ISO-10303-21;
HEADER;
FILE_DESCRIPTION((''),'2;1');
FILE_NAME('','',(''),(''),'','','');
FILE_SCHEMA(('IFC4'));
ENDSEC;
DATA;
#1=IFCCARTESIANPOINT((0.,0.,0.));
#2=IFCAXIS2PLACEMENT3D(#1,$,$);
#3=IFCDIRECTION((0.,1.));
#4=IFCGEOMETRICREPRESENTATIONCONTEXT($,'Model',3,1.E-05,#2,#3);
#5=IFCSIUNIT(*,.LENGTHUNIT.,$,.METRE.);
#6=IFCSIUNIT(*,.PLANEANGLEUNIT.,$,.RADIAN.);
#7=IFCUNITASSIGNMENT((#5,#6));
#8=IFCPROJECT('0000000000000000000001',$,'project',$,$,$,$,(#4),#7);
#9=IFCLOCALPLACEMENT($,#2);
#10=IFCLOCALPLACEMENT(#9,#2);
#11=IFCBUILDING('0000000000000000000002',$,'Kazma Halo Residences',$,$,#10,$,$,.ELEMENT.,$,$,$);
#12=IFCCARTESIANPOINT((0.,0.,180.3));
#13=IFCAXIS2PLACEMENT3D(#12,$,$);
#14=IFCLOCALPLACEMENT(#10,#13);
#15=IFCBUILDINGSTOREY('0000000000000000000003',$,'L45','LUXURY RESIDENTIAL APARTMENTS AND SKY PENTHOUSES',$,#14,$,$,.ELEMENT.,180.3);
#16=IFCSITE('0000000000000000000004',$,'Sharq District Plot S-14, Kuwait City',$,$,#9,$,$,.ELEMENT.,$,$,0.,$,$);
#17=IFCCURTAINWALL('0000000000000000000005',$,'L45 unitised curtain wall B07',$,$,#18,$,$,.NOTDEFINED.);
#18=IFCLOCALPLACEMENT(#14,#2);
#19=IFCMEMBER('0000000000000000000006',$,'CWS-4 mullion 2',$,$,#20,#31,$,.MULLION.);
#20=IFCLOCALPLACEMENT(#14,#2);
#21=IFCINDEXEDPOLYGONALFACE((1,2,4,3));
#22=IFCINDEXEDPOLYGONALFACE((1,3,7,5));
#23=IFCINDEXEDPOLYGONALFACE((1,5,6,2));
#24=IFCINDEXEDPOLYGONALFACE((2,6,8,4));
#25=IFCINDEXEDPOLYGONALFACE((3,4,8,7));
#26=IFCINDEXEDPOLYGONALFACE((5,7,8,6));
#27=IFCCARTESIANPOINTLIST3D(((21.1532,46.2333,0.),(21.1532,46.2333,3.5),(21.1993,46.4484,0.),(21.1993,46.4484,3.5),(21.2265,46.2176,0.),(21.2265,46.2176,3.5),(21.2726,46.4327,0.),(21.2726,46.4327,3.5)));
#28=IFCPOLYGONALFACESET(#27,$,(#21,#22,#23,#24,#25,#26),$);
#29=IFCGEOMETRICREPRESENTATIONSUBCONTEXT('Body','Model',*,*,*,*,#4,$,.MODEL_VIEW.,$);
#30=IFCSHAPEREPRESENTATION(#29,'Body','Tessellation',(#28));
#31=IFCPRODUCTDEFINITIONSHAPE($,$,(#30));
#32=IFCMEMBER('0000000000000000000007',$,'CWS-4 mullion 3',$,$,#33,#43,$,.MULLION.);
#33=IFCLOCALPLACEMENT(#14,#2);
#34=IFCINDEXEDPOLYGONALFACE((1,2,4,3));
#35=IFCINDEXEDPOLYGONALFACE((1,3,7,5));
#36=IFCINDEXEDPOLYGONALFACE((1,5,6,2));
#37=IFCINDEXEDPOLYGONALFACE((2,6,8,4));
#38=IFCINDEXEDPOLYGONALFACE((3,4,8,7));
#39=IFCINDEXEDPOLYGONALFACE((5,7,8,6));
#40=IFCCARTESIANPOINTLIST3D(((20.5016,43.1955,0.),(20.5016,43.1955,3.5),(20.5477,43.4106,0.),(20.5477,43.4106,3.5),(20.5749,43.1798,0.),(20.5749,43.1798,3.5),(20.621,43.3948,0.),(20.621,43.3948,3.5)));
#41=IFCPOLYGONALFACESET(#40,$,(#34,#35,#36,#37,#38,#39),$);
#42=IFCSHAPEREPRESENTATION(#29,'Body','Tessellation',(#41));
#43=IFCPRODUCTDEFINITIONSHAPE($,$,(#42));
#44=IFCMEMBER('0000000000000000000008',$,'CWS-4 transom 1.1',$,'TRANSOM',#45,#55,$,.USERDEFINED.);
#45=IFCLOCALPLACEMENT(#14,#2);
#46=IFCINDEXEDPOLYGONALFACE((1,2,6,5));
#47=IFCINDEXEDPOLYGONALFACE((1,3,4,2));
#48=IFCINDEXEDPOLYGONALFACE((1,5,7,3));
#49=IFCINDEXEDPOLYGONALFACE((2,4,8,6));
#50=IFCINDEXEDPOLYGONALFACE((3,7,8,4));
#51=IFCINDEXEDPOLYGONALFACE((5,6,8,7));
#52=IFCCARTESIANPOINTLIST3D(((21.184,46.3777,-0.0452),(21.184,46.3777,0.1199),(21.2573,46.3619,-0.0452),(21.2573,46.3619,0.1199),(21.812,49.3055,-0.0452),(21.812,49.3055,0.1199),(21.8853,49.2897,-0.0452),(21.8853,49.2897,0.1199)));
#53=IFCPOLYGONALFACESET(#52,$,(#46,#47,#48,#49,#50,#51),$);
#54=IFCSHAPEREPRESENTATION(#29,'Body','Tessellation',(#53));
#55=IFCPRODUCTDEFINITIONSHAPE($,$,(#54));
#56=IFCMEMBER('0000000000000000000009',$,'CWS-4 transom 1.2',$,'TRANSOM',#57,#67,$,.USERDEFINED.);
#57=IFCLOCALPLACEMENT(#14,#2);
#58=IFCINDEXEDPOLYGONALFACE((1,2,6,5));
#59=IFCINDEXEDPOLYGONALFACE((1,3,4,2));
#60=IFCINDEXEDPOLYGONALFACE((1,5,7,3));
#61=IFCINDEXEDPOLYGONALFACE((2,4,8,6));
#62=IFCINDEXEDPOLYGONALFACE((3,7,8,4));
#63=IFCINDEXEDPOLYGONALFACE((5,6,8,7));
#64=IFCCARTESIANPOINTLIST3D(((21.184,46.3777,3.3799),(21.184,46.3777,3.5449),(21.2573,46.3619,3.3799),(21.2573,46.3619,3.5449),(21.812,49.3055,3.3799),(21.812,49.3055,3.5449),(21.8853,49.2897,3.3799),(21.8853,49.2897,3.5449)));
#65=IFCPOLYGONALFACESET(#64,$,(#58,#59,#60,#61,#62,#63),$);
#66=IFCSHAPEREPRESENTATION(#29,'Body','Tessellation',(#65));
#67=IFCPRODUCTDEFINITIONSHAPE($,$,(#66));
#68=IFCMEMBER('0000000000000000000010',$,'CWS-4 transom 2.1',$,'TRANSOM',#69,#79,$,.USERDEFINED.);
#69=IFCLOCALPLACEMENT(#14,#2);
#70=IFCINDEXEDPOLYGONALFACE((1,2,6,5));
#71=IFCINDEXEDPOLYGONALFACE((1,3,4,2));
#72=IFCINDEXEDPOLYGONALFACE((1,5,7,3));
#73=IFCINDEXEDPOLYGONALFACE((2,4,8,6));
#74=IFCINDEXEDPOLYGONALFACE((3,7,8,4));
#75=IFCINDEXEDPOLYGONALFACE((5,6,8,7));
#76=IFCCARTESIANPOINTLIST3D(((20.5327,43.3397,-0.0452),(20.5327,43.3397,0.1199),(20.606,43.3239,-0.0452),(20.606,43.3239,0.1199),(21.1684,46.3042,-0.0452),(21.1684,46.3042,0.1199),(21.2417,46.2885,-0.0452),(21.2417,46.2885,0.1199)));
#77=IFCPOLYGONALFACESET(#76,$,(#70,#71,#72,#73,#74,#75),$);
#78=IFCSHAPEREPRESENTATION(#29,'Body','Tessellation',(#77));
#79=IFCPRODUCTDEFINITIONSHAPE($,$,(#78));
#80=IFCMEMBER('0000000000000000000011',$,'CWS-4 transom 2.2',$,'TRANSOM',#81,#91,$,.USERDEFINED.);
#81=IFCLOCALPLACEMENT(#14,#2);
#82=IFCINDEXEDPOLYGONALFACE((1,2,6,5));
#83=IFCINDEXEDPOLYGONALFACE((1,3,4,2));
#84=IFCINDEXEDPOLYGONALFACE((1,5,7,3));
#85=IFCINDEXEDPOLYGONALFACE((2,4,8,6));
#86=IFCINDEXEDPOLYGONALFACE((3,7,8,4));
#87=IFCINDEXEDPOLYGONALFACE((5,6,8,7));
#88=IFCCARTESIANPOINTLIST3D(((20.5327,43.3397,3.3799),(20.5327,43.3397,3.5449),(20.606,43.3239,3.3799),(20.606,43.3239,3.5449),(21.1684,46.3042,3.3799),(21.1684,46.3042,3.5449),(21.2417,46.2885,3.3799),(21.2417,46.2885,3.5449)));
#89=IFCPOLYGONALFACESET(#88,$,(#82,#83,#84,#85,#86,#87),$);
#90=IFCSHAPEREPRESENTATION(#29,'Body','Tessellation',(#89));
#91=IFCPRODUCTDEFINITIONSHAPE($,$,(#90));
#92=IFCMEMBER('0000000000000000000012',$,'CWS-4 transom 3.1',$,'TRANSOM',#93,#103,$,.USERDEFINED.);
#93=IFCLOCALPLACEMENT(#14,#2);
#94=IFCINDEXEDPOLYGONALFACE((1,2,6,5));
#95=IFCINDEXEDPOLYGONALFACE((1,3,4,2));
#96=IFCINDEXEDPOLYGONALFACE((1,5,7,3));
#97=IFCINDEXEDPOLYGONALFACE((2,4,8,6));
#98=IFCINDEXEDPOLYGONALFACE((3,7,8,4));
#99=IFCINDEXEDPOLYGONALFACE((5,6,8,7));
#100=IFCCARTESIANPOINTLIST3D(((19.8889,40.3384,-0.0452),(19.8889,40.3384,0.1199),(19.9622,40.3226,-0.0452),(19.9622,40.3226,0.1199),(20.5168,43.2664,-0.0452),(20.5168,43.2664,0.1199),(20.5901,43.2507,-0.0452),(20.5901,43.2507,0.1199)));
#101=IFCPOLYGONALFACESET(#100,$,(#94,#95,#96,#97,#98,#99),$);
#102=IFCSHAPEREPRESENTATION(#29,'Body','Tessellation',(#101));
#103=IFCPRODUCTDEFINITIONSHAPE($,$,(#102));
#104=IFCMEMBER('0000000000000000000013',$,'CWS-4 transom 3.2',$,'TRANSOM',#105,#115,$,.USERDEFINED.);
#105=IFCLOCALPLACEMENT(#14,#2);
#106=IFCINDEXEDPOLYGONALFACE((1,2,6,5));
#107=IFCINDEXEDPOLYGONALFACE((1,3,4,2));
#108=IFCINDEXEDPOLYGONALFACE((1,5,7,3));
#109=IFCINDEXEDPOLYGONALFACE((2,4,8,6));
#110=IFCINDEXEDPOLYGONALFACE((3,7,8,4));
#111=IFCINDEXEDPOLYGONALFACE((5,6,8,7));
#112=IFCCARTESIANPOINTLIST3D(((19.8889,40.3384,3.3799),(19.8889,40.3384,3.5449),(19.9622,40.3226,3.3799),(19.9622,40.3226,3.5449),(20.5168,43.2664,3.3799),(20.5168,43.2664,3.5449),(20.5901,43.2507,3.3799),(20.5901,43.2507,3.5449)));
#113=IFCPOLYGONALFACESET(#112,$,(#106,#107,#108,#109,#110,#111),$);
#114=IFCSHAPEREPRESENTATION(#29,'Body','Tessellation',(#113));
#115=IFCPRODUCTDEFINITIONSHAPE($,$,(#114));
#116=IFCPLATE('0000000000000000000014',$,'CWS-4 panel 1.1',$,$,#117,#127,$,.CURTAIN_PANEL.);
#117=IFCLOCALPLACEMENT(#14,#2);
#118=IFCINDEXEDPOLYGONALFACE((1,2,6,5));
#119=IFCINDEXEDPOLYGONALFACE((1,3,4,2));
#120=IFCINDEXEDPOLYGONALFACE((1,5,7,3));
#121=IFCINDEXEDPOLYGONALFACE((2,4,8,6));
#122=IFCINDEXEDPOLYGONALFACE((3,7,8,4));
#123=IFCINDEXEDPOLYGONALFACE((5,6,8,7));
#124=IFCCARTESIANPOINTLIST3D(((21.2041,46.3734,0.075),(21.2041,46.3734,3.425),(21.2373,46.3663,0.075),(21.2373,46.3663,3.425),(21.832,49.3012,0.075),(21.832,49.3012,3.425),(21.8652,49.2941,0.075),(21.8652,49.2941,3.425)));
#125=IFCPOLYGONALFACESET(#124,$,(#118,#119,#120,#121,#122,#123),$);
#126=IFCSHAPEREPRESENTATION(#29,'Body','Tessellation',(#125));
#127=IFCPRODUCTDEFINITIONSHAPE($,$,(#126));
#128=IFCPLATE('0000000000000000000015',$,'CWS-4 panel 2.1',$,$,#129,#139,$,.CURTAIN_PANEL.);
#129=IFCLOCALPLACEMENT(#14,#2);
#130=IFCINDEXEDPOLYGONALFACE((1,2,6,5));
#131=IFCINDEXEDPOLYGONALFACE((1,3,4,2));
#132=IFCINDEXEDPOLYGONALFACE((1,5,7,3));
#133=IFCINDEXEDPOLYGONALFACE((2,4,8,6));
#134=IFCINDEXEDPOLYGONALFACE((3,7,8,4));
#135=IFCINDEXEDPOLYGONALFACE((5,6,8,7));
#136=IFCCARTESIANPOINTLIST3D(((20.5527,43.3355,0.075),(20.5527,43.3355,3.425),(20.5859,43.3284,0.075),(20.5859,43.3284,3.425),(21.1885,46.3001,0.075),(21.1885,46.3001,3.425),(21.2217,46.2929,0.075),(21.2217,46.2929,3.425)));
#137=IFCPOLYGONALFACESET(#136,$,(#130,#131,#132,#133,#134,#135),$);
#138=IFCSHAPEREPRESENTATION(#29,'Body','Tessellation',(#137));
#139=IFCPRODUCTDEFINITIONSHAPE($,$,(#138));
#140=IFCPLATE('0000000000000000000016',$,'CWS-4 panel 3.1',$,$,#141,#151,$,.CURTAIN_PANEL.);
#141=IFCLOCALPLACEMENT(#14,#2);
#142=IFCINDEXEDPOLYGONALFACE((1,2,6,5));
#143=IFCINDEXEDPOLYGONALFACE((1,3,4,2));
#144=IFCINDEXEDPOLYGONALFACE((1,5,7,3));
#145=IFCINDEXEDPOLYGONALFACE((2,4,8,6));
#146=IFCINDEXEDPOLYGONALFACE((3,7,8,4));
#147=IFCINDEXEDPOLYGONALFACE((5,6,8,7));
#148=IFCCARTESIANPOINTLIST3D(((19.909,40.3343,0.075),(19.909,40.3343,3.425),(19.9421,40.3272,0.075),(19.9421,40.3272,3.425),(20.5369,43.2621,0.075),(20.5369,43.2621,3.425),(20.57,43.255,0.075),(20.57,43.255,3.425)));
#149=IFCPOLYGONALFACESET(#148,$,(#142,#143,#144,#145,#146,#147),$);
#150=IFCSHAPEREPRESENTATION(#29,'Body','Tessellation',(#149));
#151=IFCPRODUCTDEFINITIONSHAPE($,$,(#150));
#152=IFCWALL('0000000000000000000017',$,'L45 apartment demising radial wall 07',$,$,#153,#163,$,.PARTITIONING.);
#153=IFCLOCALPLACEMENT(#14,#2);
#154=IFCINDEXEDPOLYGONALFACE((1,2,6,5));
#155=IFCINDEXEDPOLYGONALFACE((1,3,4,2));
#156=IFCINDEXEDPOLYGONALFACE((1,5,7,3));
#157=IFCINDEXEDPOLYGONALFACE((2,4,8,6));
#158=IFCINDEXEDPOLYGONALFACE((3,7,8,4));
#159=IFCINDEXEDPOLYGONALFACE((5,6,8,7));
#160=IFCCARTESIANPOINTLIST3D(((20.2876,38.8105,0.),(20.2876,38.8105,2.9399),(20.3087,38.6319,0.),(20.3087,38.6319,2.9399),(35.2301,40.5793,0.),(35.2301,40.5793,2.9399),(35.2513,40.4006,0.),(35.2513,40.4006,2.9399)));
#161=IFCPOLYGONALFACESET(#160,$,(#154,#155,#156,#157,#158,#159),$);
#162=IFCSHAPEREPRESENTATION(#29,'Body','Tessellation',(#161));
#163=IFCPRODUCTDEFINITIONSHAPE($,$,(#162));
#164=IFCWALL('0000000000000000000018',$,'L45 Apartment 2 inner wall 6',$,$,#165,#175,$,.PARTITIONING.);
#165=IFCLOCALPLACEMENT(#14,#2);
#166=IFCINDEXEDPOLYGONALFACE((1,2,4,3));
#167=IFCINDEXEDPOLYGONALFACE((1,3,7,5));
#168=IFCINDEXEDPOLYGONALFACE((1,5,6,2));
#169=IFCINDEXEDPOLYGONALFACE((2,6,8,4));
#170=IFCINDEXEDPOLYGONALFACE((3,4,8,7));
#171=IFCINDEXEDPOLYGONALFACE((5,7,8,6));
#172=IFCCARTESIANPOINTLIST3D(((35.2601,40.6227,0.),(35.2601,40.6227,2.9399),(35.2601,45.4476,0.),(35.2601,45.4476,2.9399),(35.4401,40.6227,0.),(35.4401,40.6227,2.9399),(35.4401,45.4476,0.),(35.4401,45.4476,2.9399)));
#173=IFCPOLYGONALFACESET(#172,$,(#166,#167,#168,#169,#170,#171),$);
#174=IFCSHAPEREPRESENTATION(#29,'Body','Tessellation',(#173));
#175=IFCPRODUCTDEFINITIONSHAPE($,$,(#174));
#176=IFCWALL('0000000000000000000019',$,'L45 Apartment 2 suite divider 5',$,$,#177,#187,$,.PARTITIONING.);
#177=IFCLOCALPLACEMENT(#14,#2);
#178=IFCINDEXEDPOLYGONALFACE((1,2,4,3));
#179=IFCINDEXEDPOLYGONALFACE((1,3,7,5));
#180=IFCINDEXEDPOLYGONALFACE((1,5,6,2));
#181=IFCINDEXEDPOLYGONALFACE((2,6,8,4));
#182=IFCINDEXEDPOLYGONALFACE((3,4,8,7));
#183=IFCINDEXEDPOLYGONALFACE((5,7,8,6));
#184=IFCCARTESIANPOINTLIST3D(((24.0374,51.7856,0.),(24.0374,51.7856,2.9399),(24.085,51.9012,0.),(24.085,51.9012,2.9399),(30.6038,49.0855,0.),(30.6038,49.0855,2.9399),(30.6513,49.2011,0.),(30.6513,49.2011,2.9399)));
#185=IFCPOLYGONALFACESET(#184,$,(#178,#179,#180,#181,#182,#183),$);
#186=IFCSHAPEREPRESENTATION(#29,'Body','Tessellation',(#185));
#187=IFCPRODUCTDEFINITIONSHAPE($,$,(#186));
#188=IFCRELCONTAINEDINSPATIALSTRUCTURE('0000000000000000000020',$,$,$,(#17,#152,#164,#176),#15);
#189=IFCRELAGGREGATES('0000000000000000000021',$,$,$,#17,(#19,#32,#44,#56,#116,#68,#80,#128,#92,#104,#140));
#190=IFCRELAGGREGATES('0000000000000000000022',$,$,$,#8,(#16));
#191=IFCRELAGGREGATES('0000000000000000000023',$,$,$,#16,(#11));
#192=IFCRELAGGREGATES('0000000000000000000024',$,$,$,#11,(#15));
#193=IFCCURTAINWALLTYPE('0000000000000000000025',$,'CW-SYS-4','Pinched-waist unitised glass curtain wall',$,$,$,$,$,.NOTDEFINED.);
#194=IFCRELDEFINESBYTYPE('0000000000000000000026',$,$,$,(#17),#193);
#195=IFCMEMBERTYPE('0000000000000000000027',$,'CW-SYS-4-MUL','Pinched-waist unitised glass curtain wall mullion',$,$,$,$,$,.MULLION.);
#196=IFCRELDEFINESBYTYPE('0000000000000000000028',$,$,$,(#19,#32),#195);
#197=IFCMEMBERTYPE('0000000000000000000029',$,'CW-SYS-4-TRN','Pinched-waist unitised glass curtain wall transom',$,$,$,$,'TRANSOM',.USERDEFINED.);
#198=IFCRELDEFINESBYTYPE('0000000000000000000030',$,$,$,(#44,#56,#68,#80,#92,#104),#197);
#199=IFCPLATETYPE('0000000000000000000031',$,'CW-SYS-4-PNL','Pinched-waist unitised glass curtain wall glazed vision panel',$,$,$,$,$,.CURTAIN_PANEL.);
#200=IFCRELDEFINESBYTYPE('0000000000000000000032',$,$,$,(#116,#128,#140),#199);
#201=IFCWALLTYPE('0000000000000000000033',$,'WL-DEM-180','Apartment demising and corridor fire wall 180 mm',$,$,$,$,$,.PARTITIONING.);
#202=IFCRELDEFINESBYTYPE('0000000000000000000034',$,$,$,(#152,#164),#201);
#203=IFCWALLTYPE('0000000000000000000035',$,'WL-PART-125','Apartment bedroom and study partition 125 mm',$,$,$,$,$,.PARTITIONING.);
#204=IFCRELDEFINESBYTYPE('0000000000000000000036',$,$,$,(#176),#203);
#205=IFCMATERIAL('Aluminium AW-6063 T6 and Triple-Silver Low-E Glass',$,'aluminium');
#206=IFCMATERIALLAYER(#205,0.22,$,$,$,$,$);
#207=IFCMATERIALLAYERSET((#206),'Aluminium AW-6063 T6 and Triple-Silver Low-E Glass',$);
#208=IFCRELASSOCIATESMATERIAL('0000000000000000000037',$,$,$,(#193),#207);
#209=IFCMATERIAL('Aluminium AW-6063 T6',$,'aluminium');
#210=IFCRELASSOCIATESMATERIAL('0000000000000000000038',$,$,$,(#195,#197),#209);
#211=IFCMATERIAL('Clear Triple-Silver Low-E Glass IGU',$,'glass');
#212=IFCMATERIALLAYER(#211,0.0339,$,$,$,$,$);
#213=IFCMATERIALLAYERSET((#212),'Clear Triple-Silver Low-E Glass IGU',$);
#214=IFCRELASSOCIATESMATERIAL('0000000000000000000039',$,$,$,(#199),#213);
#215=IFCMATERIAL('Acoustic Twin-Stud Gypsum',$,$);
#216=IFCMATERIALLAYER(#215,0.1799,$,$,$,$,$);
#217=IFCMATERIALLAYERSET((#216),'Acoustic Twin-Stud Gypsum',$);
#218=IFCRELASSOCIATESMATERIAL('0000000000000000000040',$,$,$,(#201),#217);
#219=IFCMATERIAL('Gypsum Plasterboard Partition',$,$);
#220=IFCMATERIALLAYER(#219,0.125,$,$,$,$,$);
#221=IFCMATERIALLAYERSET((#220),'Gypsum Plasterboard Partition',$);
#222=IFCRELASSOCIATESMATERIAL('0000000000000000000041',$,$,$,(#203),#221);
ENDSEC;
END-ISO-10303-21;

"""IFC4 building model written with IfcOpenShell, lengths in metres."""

from ifc_helpers import new_model, si_unit, direction, frame, frame_2d, origin, origin_2d, place, context, subcontext, project, spatial, rectangle, extrude, material, layer, layer_set, material_profile, profile_set, type_object, element, aggregate, save


model = new_model("IFC4")

# Units and contexts
model_context = context("Model", 3, precision=1e-05, world=origin(), true_north=direction((0.0, 1.0)))
body_context = subcontext(model_context, "Body", "Model", "MODEL_VIEW")
ifc_project = project(units=[si_unit("LENGTHUNIT", "METRE"), si_unit("PLANEANGLEUNIT", "RADIAN")], contexts=[model_context])

# Site, building, storey
site_placement = place(None, origin())
site = spatial("IfcSite", under=ifc_project, at=site_placement, Name="Sharq District Plot S-14, Kuwait City", CompositionType="ELEMENT", RefElevation=0.0)
building_placement = place(site_placement, origin())
building = spatial("IfcBuilding", under=site, at=building_placement, Name="Kazma Halo Residences", CompositionType="ELEMENT")
storey_placement = place(building_placement, frame((0.0, 0.0, 180.3)))
storey = spatial("IfcBuildingStorey", under=building, at=storey_placement, Name="L45", Description="LUXURY RESIDENTIAL APARTMENTS AND SKY PENTHOUSES", CompositionType="ELEMENT", Elevation=180.3)

# Curtain wall, members, plates
ifc_material_1 = material(Name="Aluminium AW-6063 T6 and Triple-Silver Low-E Glass", Category="aluminium")
ifc_layer_1 = layer(ifc_material_1, 0.22)
ifc_layer_set_1 = layer_set([ifc_layer_1], Name="Aluminium AW-6063 T6 and Triple-Silver Low-E Glass")
curtain_wall_type = type_object("IfcCurtainWallType", Name="CW-SYS-4", Description="Pinched-waist unitised glass curtain wall", PredefinedType="NOTDEFINED", material=ifc_layer_set_1)
curtain_wall_placement = place(storey_placement, origin())
curtain_wall = element("IfcCurtainWall", 1, at=curtain_wall_placement, inside=storey, type_object=curtain_wall_type, Name="L45 unitised curtain wall B07", PredefinedType="NOTDEFINED")
ifc_material_2 = material(Name="Aluminium AW-6063 T6", Category="aluminium")
ifc_material_profile_1 = material_profile(ifc_material_2, rectangle(XDim=0.075, YDim=0.22, at=origin_2d()), Name="CWM-75x220")
ifc_profile_set_1 = profile_set([ifc_material_profile_1], Name="Aluminium AW-6063 T6")
member_type_1 = type_object("IfcMemberType", Name="CW-SYS-4-MUL", Description="Pinched-waist unitised glass curtain wall mullion", PredefinedType="MULLION", material=ifc_profile_set_1)
member_1_placement = place(storey_placement, frame((21.2129, 46.333, 0.0), z_axis=(0.0, 0.0, 1.0), x_axis=(0.977768, -0.20969, 0.0)))
member_1 = element("IfcMember", 2, at=member_1_placement, type_object=member_type_1, Name="CWS-4 mullion 2", PredefinedType="MULLION", context=body_context, shape_type="SweptSolid", body=[
    extrude(rectangle(XDim=0.075, YDim=0.22, at=origin_2d()), origin(), (0.0, 0.0, 1.0), 3.5),
])
member_2_placement = place(storey_placement, frame((20.5613, 43.2952, 0.0), z_axis=(0.0, 0.0, 1.0), x_axis=(0.977768, -0.20969, 0.0)))
member_2 = element("IfcMember", 3, at=member_2_placement, type_object=member_type_1, Name="CWS-4 mullion 3", PredefinedType="MULLION", context=body_context, shape_type="SweptSolid", body=[
    extrude(rectangle(XDim=0.075, YDim=0.22, at=origin_2d()), origin(), (0.0, 0.0, 1.0), 3.5),
])
ifc_material_profile_2 = material_profile(ifc_material_2, rectangle(XDim=0.075, YDim=0.165, at=origin_2d()), Name="CWT-75x165")
ifc_profile_set_2 = profile_set([ifc_material_profile_2], Name="Aluminium AW-6063 T6")
member_type_2 = type_object("IfcMemberType", Name="CW-SYS-4-TRN", Description="Pinched-waist unitised glass curtain wall transom", ElementType="TRANSOM", PredefinedType="USERDEFINED", material=ifc_profile_set_2)
member_3_placement = place(storey_placement, frame((21.8486, 49.2976, 0.0374), z_axis=(-0.209707, -0.977764, 0.0), x_axis=(0.977764, -0.209707, 0.0)))
member_3 = element("IfcMember", 4, at=member_3_placement, type_object=member_type_2, Name="CWS-4 transom 1.1", ObjectType="TRANSOM", PredefinedType="USERDEFINED", context=body_context, shape_type="SweptSolid", body=[
    extrude(rectangle(XDim=0.075, YDim=0.165, at=origin_2d()), origin(), (0.0, 0.0, 1.0), 2.9944),
])
member_4_placement = place(storey_placement, frame((21.8486, 49.2976, 3.4624), z_axis=(-0.209707, -0.977764, 0.0), x_axis=(0.977764, -0.209707, 0.0)))
member_4 = element("IfcMember", 5, at=member_4_placement, type_object=member_type_2, Name="CWS-4 transom 1.2", ObjectType="TRANSOM", PredefinedType="USERDEFINED", context=body_context, shape_type="SweptSolid", body=[
    extrude(rectangle(XDim=0.075, YDim=0.165, at=origin_2d()), origin(), (0.0, 0.0, 1.0), 2.9944),
])
member_5_placement = place(storey_placement, frame((21.2051, 46.2964, 0.0374), z_axis=(-0.209678, -0.977771, 0.0), x_axis=(0.977771, -0.209678, 0.0)))
member_5 = element("IfcMember", 6, at=member_5_placement, type_object=member_type_2, Name="CWS-4 transom 2.1", ObjectType="TRANSOM", PredefinedType="USERDEFINED", context=body_context, shape_type="SweptSolid", body=[
    extrude(rectangle(XDim=0.075, YDim=0.165, at=origin_2d()), origin(), (0.0, 0.0, 1.0), 3.032),
])
member_6_placement = place(storey_placement, frame((21.2051, 46.2964, 3.4624), z_axis=(-0.209678, -0.977771, 0.0), x_axis=(0.977771, -0.209678, 0.0)))
member_6 = element("IfcMember", 7, at=member_6_placement, type_object=member_type_2, Name="CWS-4 transom 2.2", ObjectType="TRANSOM", PredefinedType="USERDEFINED", context=body_context, shape_type="SweptSolid", body=[
    extrude(rectangle(XDim=0.075, YDim=0.165, at=origin_2d()), origin(), (0.0, 0.0, 1.0), 3.032),
])
member_7_placement = place(storey_placement, frame((20.5535, 43.2585, 0.0374), z_axis=(-0.209691, -0.977768, 0.0), x_axis=(0.977768, -0.209691, 0.0)))
member_7 = element("IfcMember", 8, at=member_7_placement, type_object=member_type_2, Name="CWS-4 transom 3.1", ObjectType="TRANSOM", PredefinedType="USERDEFINED", context=body_context, shape_type="SweptSolid", body=[
    extrude(rectangle(XDim=0.075, YDim=0.165, at=origin_2d()), origin(), (0.0, 0.0, 1.0), 2.9946),
])
member_8_placement = place(storey_placement, frame((20.5535, 43.2585, 3.4624), z_axis=(-0.209691, -0.977768, 0.0), x_axis=(0.977768, -0.209691, 0.0)))
member_8 = element("IfcMember", 9, at=member_8_placement, type_object=member_type_2, Name="CWS-4 transom 3.2", ObjectType="TRANSOM", PredefinedType="USERDEFINED", context=body_context, shape_type="SweptSolid", body=[
    extrude(rectangle(XDim=0.075, YDim=0.165, at=origin_2d()), origin(), (0.0, 0.0, 1.0), 2.9946),
])
ifc_material_3 = material(Name="Clear Triple-Silver Low-E Glass IGU", Category="glass")
ifc_layer_2 = layer(ifc_material_3, 0.0339)
ifc_layer_set_2 = layer_set([ifc_layer_2], Name="Clear Triple-Silver Low-E Glass IGU")
plate_type = type_object("IfcPlateType", Name="CW-SYS-4-PNL", Description="Pinched-waist unitised glass curtain wall glazed vision panel", PredefinedType="CURTAIN_PANEL", material=ifc_layer_set_2)
plate_1_placement = place(storey_placement, frame((21.5347, 47.8337, 0.075), z_axis=(0.0, 0.0, 1.0), x_axis=(-0.20969, -0.977768, 0.0)))
plate_1 = element("IfcPlate", 10, at=plate_1_placement, type_object=plate_type, Name="CWS-4 panel 1.1", PredefinedType="CURTAIN_PANEL", context=body_context, shape_type="SweptSolid", body=[
    extrude(rectangle(XDim=2.9944, YDim=0.0339, at=origin_2d()), origin(), (0.0, 0.0, 1.0), 3.3501),
])
plate_2_placement = place(storey_placement, frame((20.8872, 44.8142, 0.075), z_axis=(0.0, 0.0, 1.0), x_axis=(-0.20969, -0.977768, 0.0)))
plate_2 = element("IfcPlate", 11, at=plate_2_placement, type_object=plate_type, Name="CWS-4 panel 2.1", PredefinedType="CURTAIN_PANEL", context=body_context, shape_type="SweptSolid", body=[
    extrude(rectangle(XDim=3.032, YDim=0.0339, at=origin_2d()), origin(), (0.0, 0.0, 1.0), 3.3501),
])
plate_3_placement = place(storey_placement, frame((20.2395, 41.7947, 0.075), z_axis=(0.0, 0.0, 1.0), x_axis=(-0.20969, -0.977768, 0.0)))
plate_3 = element("IfcPlate", 12, at=plate_3_placement, type_object=plate_type, Name="CWS-4 panel 3.1", PredefinedType="CURTAIN_PANEL", context=body_context, shape_type="SweptSolid", body=[
    extrude(rectangle(XDim=2.9944, YDim=0.0339, at=origin_2d()), origin(), (0.0, 0.0, 1.0), 3.3501),
])
aggregate(curtain_wall, [member_1, member_2, member_3, member_4, plate_1, member_5, member_6, plate_2, member_7, member_8, plate_3])

# Walls
ifc_material_4 = material(Name="Acoustic Twin-Stud Gypsum")
ifc_layer_3 = layer(ifc_material_4, 0.1799)
ifc_layer_set_3 = layer_set([ifc_layer_3], Name="Acoustic Twin-Stud Gypsum")
wall_type_1 = type_object("IfcWallType", Name="WL-DEM-180", Description="Apartment demising and corridor fire wall 180 mm", PredefinedType="PARTITIONING", material=ifc_layer_set_3)
wall_1_placement = place(storey_placement, frame((35.2407, 40.49, 0.0), z_axis=(0.0, 0.0, 1.0), x_axis=(-0.993067, -0.117552, 0.0)))
element("IfcWall", 13, at=wall_1_placement, inside=storey, type_object=wall_type_1, Name="L45 apartment demising radial wall 07", PredefinedType="PARTITIONING", context=body_context, shape_type="SweptSolid", body=[
    extrude(rectangle(XDim=15.0469, YDim=0.1799, at=frame_2d((7.5234, 0.0))), origin(), (0.0, 0.0, 1.0), 2.9399),
])
wall_2_placement = place(storey_placement, frame((35.3501, 45.4478, 0.0), z_axis=(0.0, 0.0, 1.0), x_axis=(0.0, -1.0, 0.0)))
element("IfcWall", 14, at=wall_2_placement, inside=storey, type_object=wall_type_1, Name="L45 Apartment 2 inner wall 6", PredefinedType="PARTITIONING", context=body_context, shape_type="SweptSolid", body=[
    extrude(rectangle(XDim=4.825, YDim=0.1799, at=frame_2d((2.4126, 0.0))), origin(), (0.0, 0.0, 1.0), 2.9399),
])
ifc_material_5 = material(Name="Gypsum Plasterboard Partition")
ifc_layer_4 = layer(ifc_material_5, 0.125)
ifc_layer_set_4 = layer_set([ifc_layer_4], Name="Gypsum Plasterboard Partition")
wall_type_2 = type_object("IfcWallType", Name="WL-PART-125", Description="Apartment bedroom and study partition 125 mm", PredefinedType="PARTITIONING", material=ifc_layer_set_4)
wall_3_placement = place(storey_placement, frame((30.6274, 49.1433, 0.0), z_axis=(0.0, 0.0, 1.0), x_axis=(-0.924857, 0.380314, 0.0)))
element("IfcWall", 15, at=wall_3_placement, inside=storey, type_object=wall_type_2, Name="L45 Apartment 2 suite divider 5", PredefinedType="PARTITIONING", context=body_context, shape_type="SweptSolid", body=[
    extrude(rectangle(XDim=7.0999, YDim=0.125, at=frame_2d((3.5498, 0.0))), origin(), (0.0, 0.0, 1.0), 2.9399),
])

save(model, "model.ifc")
